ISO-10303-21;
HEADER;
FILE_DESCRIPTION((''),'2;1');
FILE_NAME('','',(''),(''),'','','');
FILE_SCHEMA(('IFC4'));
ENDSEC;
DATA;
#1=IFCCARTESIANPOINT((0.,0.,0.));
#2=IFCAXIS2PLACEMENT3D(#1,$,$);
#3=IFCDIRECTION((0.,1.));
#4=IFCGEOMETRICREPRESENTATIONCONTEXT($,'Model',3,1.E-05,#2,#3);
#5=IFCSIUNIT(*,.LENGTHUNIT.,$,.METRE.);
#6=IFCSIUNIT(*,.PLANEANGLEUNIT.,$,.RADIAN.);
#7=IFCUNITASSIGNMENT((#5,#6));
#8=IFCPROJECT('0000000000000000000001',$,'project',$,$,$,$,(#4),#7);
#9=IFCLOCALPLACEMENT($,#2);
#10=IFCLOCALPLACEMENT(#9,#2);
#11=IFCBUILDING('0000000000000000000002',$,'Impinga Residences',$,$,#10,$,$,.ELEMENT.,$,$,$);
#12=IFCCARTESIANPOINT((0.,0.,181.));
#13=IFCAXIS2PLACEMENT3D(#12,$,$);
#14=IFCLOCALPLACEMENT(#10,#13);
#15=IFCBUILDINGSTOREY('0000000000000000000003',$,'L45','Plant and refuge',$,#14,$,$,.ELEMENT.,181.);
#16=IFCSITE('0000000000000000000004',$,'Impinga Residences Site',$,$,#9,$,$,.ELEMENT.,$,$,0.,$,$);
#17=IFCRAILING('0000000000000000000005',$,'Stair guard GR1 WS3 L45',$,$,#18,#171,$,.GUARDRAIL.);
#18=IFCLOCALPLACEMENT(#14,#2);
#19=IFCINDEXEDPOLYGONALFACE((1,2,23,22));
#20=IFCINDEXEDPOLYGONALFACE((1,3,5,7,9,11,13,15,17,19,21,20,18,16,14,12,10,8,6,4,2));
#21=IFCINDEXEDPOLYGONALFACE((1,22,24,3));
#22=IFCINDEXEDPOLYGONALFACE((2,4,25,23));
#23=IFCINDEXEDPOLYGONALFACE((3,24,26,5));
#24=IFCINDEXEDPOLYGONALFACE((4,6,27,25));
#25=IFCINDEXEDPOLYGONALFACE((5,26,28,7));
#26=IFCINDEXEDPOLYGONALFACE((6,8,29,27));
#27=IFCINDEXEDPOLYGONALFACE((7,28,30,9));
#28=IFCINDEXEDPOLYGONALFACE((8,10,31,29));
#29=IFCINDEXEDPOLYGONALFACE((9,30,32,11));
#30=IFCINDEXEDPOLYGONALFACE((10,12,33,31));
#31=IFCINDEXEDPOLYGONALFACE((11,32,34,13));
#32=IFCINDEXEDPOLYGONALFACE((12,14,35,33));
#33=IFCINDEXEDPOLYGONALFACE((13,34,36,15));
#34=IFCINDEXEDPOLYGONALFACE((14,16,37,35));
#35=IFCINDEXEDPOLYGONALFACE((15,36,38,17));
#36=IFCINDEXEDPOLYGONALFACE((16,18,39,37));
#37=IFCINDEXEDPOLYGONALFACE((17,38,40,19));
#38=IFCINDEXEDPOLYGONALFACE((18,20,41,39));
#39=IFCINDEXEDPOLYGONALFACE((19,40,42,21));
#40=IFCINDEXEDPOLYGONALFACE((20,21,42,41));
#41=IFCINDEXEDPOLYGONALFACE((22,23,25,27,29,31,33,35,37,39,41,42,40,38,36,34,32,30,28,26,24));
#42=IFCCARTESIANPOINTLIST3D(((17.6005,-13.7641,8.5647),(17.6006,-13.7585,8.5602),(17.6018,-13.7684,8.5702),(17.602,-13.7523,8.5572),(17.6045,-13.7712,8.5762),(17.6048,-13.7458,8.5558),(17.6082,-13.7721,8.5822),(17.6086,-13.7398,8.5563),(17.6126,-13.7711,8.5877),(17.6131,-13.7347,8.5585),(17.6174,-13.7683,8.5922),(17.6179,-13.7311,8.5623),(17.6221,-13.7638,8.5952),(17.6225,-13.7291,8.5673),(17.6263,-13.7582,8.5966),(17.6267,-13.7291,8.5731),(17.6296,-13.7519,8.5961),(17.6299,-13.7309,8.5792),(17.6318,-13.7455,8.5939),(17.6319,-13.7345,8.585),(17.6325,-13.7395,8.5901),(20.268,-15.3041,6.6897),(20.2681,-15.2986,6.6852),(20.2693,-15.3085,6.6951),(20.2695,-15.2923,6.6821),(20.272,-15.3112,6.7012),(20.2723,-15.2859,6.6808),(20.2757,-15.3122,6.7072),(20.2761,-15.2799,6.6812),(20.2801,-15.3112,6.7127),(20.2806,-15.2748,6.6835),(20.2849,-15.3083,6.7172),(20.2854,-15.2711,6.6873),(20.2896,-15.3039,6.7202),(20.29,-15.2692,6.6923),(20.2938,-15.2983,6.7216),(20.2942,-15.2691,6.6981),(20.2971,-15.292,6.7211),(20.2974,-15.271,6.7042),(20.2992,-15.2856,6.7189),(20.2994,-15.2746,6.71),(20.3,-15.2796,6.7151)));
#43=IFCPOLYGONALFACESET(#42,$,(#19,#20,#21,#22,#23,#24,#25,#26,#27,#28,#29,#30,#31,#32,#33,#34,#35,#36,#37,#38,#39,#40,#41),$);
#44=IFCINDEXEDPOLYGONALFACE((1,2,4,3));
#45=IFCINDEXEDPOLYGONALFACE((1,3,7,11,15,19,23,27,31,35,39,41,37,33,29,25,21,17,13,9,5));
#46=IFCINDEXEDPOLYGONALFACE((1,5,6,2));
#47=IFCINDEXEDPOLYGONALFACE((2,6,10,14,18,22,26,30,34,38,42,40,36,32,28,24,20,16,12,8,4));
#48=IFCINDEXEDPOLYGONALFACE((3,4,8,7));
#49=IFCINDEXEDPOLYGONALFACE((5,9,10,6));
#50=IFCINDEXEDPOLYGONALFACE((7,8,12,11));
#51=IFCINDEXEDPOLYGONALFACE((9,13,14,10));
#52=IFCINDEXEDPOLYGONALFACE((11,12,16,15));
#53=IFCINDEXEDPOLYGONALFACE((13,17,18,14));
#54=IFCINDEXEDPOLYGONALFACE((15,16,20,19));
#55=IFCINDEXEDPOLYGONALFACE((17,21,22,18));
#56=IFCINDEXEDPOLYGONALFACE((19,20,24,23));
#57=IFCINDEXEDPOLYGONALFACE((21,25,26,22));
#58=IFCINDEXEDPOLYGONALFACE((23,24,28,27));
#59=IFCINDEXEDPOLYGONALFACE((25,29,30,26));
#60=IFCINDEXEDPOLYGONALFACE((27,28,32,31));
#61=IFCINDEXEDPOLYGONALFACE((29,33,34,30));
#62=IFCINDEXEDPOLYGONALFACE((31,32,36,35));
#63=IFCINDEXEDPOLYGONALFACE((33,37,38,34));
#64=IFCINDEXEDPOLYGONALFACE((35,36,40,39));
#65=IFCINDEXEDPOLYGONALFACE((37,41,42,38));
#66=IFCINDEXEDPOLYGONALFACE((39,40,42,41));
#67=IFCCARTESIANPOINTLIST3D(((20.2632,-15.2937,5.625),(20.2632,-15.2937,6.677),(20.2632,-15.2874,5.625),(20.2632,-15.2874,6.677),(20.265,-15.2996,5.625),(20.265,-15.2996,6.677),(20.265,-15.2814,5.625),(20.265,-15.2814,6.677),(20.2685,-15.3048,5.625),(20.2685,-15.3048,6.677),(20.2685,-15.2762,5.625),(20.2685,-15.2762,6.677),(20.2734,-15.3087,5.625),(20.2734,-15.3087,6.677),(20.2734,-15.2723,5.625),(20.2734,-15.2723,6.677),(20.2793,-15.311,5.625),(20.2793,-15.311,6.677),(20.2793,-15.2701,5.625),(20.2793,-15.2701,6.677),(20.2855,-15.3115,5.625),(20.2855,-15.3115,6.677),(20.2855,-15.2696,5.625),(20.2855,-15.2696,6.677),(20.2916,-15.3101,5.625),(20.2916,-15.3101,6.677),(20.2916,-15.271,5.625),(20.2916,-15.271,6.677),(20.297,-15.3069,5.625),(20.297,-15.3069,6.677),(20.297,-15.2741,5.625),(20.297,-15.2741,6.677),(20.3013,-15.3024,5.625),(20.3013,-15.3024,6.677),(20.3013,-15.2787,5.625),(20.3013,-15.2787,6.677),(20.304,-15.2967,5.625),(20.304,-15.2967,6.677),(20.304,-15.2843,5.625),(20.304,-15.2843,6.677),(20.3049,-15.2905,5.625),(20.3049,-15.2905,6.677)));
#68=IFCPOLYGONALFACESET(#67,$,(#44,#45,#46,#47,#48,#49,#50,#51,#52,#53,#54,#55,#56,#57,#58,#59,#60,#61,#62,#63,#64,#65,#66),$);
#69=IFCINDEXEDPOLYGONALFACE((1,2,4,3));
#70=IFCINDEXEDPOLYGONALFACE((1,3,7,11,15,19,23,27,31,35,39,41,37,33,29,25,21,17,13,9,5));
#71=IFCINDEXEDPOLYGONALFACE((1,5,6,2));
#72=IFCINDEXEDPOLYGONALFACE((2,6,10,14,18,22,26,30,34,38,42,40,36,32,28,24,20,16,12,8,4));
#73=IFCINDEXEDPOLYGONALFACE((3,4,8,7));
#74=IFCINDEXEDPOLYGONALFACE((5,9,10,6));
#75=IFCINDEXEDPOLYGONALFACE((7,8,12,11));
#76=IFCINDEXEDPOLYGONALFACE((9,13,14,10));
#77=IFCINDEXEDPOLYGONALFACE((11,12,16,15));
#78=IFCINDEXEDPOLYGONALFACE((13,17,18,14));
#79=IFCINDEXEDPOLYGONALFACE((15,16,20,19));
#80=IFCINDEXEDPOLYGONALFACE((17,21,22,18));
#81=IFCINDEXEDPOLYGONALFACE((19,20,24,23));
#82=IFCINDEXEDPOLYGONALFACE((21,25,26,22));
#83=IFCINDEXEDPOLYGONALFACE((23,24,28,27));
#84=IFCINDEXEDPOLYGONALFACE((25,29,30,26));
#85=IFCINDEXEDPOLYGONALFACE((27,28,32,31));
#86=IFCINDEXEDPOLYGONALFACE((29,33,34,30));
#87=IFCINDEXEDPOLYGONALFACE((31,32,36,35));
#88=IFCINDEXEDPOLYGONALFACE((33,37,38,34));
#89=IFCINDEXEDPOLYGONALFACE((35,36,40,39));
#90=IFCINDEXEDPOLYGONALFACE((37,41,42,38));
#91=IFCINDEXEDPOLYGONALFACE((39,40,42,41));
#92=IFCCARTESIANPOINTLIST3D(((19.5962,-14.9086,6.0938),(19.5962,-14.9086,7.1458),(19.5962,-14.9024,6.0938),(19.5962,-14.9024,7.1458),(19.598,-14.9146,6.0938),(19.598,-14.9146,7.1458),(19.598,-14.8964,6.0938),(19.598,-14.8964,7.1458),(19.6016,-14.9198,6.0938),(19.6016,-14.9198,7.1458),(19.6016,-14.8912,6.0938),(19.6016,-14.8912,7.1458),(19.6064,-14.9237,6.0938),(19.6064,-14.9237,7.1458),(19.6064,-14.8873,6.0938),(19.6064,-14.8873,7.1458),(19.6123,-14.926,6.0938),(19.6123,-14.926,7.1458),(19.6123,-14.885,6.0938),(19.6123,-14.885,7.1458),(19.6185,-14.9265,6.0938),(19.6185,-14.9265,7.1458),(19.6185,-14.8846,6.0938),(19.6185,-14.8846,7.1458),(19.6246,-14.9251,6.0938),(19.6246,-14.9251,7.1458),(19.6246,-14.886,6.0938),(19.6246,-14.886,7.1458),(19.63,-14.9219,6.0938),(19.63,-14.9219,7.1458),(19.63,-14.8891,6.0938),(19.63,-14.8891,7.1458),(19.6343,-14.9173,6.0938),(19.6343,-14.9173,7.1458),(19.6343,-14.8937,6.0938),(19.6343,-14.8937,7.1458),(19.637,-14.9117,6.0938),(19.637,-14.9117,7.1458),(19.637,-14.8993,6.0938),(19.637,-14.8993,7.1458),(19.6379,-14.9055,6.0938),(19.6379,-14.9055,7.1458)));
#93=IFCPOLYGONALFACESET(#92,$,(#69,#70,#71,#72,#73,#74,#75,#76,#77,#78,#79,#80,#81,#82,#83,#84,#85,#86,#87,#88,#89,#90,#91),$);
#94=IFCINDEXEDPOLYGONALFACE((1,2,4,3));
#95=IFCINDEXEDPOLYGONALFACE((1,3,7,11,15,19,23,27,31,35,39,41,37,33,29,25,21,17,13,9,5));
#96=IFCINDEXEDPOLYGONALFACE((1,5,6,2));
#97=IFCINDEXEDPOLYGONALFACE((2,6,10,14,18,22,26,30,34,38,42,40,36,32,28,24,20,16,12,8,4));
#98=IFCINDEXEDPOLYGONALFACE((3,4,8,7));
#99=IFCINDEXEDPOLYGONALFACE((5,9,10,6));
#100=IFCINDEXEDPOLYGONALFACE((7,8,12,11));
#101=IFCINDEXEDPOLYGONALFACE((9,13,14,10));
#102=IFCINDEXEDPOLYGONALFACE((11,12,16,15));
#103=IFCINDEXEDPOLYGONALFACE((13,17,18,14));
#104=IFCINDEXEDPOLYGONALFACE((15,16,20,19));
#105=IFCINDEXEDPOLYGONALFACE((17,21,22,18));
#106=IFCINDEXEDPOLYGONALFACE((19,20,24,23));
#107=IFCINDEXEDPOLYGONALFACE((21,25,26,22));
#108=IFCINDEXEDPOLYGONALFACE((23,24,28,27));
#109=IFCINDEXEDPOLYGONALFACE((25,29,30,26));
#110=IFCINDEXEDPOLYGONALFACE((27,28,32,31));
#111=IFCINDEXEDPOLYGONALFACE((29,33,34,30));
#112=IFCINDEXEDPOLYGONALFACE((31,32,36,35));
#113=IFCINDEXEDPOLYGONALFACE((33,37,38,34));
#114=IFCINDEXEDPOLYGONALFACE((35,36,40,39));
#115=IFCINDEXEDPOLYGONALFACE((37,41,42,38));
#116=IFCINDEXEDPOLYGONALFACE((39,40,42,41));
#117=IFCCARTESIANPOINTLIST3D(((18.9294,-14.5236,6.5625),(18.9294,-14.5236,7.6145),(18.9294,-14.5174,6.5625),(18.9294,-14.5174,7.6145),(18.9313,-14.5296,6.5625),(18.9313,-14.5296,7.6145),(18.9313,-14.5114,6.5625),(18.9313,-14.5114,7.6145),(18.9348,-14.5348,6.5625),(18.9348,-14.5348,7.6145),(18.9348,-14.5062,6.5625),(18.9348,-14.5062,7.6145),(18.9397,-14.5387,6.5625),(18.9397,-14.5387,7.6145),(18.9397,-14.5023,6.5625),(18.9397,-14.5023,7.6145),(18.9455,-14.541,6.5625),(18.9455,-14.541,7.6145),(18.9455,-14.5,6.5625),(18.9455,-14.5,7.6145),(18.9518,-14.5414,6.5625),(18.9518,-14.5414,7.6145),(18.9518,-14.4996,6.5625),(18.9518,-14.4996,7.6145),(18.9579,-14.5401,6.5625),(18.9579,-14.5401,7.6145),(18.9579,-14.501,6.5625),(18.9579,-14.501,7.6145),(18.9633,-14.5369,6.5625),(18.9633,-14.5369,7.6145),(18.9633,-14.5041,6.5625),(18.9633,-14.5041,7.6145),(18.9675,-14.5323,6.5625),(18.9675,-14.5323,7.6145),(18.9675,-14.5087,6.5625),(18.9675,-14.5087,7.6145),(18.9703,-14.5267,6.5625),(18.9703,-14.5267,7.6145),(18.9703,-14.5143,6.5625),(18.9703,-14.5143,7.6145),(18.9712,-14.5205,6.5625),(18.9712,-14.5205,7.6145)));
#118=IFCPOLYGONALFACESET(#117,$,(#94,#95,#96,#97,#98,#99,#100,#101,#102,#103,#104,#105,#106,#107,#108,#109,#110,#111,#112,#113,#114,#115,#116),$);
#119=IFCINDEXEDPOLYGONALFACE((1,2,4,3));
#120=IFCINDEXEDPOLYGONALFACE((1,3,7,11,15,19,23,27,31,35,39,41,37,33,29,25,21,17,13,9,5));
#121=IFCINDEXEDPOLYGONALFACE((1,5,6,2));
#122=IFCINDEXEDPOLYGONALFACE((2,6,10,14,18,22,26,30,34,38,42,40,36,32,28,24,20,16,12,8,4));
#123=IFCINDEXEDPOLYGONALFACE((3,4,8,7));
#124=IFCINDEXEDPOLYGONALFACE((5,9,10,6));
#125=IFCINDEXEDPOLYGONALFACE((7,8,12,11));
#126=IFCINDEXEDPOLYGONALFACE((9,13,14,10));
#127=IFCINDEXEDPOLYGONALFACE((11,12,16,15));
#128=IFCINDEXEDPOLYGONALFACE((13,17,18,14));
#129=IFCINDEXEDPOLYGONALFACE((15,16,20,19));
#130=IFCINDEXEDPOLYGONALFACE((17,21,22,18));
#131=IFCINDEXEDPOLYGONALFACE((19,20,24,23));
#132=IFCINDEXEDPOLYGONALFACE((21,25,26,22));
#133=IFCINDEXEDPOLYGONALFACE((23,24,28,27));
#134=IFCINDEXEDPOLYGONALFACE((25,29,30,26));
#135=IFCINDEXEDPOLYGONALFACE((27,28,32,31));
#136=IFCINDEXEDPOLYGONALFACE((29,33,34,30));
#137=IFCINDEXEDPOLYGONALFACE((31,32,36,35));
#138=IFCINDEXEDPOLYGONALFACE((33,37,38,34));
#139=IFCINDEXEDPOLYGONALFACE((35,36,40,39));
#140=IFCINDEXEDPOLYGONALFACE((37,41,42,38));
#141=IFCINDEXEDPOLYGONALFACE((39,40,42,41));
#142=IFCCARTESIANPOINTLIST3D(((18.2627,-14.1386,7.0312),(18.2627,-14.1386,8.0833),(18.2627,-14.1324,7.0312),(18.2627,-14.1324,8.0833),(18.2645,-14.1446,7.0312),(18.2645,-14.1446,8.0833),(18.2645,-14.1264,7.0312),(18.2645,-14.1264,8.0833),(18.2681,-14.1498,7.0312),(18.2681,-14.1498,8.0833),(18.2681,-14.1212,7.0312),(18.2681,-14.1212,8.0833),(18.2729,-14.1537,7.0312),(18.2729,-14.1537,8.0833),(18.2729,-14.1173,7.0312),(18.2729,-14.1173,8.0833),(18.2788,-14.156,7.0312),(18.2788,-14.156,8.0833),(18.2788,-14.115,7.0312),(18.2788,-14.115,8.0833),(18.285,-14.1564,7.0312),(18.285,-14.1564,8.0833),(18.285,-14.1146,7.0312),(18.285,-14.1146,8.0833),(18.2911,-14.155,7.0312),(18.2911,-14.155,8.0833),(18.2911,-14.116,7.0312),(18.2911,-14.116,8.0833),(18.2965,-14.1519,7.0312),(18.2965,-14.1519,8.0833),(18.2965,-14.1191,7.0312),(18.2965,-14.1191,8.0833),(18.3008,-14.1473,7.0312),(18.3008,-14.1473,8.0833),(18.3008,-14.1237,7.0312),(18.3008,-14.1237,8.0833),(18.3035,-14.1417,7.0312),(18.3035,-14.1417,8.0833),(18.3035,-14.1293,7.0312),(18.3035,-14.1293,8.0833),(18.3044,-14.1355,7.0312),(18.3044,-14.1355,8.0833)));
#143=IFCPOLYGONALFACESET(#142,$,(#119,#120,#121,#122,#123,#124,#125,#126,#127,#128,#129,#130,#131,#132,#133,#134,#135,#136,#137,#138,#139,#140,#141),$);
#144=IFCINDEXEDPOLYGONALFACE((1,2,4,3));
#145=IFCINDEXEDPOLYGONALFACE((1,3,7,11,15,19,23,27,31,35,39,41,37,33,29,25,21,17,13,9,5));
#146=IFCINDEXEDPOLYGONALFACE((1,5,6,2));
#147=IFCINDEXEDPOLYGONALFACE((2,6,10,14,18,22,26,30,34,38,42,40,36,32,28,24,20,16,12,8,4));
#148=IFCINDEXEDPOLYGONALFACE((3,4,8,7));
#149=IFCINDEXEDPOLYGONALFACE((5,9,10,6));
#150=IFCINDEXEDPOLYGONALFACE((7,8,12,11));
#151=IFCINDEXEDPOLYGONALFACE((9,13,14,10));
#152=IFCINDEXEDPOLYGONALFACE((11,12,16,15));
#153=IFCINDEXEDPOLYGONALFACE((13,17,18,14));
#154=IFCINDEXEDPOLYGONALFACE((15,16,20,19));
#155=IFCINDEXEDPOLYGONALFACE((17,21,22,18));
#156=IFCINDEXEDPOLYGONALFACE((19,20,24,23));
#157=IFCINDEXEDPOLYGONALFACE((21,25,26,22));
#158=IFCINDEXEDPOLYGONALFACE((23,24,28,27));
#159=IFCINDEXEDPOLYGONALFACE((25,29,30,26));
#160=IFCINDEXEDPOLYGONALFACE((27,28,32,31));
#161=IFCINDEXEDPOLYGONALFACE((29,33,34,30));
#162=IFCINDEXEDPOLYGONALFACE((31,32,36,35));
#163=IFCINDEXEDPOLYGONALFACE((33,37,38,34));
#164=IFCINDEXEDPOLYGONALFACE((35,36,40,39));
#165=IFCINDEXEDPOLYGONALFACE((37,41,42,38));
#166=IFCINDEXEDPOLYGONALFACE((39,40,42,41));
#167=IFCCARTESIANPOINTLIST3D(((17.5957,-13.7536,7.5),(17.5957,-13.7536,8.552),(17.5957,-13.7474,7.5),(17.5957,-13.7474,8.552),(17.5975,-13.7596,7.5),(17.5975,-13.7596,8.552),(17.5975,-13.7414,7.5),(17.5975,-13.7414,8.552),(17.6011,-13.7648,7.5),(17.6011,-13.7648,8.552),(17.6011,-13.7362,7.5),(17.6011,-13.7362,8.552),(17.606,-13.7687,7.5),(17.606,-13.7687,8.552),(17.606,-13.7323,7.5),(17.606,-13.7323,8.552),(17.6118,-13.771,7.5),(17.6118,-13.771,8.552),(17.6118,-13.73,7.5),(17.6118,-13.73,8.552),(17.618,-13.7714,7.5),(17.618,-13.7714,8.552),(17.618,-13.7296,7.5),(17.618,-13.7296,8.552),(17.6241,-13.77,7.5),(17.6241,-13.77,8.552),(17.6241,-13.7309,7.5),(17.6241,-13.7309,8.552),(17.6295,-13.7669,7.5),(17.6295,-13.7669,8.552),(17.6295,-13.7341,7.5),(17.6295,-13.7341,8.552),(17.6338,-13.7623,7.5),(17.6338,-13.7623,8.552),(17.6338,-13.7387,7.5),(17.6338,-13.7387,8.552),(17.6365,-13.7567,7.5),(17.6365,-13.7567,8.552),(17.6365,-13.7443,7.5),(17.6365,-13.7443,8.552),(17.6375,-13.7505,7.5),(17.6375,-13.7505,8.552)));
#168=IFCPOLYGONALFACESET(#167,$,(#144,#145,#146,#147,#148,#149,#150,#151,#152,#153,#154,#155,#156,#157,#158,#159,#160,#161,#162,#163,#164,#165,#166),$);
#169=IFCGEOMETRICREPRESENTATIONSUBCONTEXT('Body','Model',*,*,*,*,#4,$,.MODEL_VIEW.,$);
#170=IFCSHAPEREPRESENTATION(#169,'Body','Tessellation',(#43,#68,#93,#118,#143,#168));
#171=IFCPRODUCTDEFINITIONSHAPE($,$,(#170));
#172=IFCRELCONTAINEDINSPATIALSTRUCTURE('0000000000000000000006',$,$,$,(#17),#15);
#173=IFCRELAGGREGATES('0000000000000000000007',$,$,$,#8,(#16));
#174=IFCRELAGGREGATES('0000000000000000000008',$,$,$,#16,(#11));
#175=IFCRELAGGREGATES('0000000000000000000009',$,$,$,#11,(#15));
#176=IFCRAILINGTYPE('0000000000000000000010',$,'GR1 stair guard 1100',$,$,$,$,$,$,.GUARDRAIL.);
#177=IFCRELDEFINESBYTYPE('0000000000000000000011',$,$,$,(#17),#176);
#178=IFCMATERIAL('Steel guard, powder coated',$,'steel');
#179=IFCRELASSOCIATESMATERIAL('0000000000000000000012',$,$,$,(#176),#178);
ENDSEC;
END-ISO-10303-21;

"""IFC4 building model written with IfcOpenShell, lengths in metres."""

from ifc_helpers import new_model, si_unit, direction, frame, origin, origin_2d, place, context, subcontext, project, spatial, circle, extrude, material, type_object, element, save


model = new_model("IFC4")

# Units and contexts
model_context = context("Model", 3, precision=1e-05, world=origin(), true_north=direction((0.0, 1.0)))
body_context = subcontext(model_context, "Body", "Model", "MODEL_VIEW")
ifc_project = project(units=[si_unit("LENGTHUNIT", "METRE"), si_unit("PLANEANGLEUNIT", "RADIAN")], contexts=[model_context])

# Site, building, storey
site_placement = place(None, origin())
site = spatial("IfcSite", under=ifc_project, at=site_placement, Name="Impinga Residences Site", CompositionType="ELEMENT", RefElevation=0.0)
building_placement = place(site_placement, origin())
building = spatial("IfcBuilding", under=site, at=building_placement, Name="Impinga Residences", CompositionType="ELEMENT")
storey_placement = place(building_placement, frame((0.0, 0.0, 181.0)))
storey = spatial("IfcBuildingStorey", under=building, at=storey_placement, Name="L45", Description="Plant and refuge", CompositionType="ELEMENT", Elevation=181.0)

# Railing
ifc_material_1 = material(Name="Steel guard, powder coated", Category="steel")
railing_type_1 = type_object("IfcRailingType", Name="GR1 stair guard 1100", PredefinedType="GUARDRAIL", material=ifc_material_1)
for number, where, name in (
    (1, (20.2839, -15.2905, 5.625), "Stair guard GR1 WS3 L45"),
):
    element("IfcRailing", number, at=place(storey_placement, frame(where)), inside=storey, type_object=railing_type_1, Name=name, PredefinedType="GUARDRAIL", context=body_context, shape_type="SweptSolid", body=[
        extrude(circle(Radius=0.0239, at=origin_2d()), frame((0.0, 0.0, 1.0762), z_axis=(-0.739746, 0.427084, 0.519975), x_axis=(-0.499992, -0.86603, 0.0)), (0.0, 0.0, 1.0), 3.606),
        extrude(circle(Radius=0.021, at=origin_2d()), origin(), (0.0, 0.0, 1.0), 1.052),
        extrude(circle(Radius=0.021, at=origin_2d()), frame((-0.667, 0.385, 0.4688)), (0.0, 0.0, 1.0), 1.052),
        extrude(circle(Radius=0.021, at=origin_2d()), frame((-1.3337, 0.77, 0.9375)), (0.0, 0.0, 1.0), 1.052),
        extrude(circle(Radius=0.021, at=origin_2d()), frame((-2.0005, 1.155, 1.4062)), (0.0, 0.0, 1.0), 1.052),
        extrude(circle(Radius=0.021, at=origin_2d()), frame((-2.6675, 1.54, 1.875)), (0.0, 0.0, 1.0), 1.052),
    ])

save(model, "model.ifc")
